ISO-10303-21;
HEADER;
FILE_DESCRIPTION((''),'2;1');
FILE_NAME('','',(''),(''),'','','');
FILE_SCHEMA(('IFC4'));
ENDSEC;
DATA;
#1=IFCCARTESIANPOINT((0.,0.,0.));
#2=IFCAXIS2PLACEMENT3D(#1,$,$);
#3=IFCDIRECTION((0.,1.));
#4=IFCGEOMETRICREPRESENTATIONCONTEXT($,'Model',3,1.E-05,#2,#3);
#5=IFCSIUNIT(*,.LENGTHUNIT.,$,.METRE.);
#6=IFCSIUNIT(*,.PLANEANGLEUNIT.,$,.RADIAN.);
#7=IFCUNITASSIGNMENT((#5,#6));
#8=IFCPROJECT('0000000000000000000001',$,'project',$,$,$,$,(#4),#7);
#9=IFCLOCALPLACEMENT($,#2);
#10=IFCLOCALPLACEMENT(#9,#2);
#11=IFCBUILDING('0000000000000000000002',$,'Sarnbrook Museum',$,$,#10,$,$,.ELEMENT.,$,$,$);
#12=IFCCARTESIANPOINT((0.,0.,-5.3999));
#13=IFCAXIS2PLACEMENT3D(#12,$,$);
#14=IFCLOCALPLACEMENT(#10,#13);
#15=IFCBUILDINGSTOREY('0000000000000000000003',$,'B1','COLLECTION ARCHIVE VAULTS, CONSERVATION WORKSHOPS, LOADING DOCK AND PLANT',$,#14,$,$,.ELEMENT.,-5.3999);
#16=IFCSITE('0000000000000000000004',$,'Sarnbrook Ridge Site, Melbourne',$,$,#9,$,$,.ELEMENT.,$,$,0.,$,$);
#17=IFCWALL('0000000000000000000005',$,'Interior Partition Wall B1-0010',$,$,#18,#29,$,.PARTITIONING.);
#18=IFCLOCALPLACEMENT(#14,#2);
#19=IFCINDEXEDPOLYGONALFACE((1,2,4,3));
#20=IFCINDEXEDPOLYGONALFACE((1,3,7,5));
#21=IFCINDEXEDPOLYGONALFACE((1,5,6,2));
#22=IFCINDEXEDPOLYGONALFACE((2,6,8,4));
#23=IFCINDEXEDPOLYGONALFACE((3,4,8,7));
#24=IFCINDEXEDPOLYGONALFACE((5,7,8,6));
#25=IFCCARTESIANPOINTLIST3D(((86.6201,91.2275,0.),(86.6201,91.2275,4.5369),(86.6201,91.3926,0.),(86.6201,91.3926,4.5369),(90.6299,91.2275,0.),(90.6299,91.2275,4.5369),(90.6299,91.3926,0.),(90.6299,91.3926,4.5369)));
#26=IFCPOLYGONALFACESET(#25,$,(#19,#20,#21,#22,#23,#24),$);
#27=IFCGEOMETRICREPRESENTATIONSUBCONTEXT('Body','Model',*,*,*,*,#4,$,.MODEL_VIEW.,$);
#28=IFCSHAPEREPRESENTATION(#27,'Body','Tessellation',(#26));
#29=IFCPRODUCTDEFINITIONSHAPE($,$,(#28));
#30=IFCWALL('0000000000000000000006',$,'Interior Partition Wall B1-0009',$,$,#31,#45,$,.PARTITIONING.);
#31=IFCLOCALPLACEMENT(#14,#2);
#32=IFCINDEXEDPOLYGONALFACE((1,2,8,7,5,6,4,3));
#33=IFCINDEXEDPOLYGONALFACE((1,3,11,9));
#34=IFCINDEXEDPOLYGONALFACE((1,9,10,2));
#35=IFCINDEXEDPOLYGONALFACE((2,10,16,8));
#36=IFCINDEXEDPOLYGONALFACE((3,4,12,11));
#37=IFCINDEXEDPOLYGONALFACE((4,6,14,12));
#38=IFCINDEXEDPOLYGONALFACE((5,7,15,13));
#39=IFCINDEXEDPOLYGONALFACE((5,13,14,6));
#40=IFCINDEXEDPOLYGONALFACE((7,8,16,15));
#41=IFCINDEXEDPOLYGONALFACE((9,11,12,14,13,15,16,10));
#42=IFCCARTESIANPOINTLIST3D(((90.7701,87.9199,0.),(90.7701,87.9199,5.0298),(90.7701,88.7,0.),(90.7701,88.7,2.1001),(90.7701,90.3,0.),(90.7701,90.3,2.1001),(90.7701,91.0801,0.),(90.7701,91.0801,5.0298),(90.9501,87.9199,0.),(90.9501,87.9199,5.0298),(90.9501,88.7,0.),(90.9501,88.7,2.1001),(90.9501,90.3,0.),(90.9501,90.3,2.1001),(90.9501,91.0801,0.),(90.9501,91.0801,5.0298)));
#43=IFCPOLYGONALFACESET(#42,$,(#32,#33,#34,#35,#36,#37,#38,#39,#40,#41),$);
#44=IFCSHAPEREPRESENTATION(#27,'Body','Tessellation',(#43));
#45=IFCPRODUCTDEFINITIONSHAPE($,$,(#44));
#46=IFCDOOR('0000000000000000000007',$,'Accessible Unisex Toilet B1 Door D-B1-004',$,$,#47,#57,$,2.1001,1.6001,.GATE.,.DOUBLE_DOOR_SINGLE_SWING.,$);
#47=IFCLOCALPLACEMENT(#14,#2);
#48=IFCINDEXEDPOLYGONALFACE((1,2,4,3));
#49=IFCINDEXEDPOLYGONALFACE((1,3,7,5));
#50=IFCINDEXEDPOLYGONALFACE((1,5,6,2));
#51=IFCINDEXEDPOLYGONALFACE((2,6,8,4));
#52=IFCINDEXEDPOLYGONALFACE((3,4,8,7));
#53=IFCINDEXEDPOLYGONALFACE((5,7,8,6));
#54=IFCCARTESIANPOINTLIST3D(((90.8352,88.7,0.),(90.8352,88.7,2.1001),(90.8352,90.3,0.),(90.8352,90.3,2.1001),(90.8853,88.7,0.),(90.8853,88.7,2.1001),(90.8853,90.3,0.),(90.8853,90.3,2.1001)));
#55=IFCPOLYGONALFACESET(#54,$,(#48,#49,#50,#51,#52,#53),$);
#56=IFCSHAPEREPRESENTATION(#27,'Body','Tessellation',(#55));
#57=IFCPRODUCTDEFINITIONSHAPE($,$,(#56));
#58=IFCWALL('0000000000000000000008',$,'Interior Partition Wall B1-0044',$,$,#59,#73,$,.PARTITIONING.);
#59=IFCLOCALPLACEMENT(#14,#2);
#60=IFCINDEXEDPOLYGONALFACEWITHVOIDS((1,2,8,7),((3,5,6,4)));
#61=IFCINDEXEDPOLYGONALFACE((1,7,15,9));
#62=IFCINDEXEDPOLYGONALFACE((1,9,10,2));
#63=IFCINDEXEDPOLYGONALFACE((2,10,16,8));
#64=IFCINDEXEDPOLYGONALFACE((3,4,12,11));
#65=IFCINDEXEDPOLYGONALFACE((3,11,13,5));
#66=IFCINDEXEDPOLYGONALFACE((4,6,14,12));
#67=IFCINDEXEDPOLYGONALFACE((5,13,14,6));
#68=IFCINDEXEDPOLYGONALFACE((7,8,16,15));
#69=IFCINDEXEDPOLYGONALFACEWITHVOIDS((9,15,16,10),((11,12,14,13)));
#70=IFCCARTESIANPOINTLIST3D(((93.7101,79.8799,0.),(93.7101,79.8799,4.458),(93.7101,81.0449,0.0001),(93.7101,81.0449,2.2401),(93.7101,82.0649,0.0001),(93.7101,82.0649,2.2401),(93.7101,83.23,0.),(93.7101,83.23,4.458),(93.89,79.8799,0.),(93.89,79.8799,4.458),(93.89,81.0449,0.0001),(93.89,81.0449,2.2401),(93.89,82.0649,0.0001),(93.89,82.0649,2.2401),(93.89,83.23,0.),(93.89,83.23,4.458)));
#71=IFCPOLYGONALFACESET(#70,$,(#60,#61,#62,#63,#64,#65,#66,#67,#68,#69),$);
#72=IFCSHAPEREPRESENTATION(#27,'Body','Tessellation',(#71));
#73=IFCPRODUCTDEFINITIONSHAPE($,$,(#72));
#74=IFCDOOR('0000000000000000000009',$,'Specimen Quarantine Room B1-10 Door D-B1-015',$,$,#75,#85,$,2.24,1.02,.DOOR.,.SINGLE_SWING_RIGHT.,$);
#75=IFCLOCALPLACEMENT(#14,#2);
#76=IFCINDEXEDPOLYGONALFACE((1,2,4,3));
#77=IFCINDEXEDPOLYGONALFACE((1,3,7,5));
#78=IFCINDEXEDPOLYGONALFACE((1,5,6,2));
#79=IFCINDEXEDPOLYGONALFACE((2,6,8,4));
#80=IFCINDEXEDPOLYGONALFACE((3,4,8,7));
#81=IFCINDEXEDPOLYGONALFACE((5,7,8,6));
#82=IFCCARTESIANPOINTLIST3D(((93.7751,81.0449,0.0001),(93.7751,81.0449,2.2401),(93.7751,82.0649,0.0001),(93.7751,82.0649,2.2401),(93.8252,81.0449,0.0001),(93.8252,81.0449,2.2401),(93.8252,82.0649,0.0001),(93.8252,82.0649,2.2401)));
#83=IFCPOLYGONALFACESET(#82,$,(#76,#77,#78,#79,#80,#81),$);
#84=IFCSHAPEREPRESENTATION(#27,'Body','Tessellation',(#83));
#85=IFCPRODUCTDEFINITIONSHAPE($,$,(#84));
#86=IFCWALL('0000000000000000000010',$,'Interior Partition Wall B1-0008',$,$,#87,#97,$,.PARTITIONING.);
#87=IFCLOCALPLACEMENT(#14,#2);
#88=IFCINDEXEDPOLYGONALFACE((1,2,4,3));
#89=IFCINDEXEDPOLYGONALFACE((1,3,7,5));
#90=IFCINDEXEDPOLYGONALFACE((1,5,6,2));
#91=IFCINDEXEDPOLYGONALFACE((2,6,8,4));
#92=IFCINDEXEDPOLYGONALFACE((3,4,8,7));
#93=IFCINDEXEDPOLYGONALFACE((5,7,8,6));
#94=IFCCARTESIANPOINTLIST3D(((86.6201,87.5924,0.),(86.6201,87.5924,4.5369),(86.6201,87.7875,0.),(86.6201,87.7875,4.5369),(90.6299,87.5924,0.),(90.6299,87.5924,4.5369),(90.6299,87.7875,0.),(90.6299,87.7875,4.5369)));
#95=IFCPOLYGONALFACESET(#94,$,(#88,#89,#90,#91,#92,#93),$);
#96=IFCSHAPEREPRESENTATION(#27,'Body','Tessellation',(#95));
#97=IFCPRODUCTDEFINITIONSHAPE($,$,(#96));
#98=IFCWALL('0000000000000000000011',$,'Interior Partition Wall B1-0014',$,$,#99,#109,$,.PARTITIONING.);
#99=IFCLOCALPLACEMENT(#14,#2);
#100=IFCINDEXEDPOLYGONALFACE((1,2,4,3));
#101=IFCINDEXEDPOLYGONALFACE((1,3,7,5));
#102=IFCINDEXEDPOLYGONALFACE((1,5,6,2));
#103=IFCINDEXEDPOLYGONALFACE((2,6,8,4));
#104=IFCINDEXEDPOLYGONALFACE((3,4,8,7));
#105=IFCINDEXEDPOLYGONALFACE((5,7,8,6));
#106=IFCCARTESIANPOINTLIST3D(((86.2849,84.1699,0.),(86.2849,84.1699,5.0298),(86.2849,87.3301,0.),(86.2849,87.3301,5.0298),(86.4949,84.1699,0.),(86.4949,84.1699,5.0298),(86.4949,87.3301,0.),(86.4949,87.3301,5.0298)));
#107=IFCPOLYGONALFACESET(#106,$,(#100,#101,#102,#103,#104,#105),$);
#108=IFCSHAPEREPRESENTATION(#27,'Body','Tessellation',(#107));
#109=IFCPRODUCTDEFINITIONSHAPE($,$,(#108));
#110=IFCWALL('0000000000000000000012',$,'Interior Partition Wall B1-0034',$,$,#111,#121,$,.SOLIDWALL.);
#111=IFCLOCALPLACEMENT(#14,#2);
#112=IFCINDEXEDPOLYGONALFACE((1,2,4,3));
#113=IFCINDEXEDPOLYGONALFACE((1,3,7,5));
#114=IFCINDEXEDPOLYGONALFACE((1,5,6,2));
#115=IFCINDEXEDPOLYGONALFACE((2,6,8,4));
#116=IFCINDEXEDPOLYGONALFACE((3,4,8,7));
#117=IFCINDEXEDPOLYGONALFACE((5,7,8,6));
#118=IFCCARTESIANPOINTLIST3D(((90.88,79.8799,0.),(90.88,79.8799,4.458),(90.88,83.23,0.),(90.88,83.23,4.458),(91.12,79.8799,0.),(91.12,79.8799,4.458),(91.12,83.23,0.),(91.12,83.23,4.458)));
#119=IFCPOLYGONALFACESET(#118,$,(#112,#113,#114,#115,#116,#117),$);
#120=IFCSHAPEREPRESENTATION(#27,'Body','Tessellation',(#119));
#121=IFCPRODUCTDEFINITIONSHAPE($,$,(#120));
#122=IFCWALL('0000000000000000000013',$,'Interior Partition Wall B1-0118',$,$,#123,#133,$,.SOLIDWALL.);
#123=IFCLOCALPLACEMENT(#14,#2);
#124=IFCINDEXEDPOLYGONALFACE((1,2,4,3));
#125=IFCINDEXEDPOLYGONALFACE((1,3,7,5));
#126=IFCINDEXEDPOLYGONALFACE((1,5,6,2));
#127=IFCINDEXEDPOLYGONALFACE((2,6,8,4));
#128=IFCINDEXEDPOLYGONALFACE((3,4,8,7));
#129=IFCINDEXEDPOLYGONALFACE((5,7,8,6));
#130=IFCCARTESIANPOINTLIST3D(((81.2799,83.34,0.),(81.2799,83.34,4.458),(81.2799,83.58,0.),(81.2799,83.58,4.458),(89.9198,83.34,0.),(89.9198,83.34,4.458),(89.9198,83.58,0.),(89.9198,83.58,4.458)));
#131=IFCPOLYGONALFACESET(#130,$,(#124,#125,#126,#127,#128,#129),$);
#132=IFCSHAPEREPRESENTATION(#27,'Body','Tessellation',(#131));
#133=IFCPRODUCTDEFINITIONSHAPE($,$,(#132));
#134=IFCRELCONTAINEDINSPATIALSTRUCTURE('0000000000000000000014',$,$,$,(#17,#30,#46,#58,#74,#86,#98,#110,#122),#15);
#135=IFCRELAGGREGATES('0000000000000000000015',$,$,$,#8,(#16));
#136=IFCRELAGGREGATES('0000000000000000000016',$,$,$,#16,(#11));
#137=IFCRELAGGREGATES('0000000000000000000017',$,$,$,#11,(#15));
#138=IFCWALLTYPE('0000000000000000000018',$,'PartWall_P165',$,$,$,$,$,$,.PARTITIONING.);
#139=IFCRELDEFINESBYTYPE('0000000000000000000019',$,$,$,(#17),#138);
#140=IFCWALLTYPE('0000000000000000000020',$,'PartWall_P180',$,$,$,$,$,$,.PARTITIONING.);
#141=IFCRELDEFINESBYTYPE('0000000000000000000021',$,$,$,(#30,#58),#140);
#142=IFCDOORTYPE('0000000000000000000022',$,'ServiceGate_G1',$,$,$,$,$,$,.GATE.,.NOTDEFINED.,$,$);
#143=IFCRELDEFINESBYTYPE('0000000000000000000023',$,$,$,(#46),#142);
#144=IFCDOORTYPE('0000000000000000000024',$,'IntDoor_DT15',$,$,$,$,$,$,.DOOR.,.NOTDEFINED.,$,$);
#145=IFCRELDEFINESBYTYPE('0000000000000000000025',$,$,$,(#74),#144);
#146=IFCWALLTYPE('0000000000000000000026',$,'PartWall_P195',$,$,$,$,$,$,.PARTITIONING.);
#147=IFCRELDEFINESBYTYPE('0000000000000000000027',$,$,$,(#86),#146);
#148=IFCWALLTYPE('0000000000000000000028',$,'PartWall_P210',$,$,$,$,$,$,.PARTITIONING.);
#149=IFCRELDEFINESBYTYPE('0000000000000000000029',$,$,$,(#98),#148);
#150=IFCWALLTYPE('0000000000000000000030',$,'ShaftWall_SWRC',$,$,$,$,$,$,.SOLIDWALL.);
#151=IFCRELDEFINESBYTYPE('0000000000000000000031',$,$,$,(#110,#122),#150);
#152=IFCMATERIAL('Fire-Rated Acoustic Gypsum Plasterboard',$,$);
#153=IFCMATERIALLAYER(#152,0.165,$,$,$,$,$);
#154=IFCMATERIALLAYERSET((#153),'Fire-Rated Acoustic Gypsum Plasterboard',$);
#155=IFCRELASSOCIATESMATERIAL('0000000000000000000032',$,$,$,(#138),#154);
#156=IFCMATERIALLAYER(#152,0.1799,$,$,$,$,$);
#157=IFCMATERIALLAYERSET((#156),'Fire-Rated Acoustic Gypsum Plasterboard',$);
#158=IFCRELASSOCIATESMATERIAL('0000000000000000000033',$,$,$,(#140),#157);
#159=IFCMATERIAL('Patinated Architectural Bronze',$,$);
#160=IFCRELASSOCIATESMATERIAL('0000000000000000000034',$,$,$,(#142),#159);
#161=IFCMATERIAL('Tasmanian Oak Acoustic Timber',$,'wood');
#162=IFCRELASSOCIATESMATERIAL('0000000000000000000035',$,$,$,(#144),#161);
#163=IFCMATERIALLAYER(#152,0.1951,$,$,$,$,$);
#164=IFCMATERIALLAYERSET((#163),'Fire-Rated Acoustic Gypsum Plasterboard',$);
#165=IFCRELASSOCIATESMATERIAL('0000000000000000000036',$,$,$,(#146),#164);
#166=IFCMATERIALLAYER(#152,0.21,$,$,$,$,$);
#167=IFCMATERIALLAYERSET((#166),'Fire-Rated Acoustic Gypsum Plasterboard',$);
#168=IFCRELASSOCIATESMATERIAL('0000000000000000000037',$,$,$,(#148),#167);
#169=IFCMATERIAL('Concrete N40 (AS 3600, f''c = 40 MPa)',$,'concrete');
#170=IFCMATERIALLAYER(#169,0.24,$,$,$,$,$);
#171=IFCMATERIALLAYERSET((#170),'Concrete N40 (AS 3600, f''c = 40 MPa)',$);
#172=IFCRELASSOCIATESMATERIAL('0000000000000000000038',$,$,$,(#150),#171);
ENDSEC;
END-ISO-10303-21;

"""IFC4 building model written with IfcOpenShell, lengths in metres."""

from ifc_helpers import new_model, si_unit, direction, frame, frame_2d, origin, place, context, subcontext, project, spatial, rectangle, extrude, material, layer, layer_set, type_object, element, fill, save


model = new_model("IFC4")

# Units and contexts
model_context = context("Model", 3, precision=1e-05, world=origin(), true_north=direction((0.0, 1.0)))
body_context = subcontext(model_context, "Body", "Model", "MODEL_VIEW")
ifc_project = project(units=[si_unit("LENGTHUNIT", "METRE"), si_unit("PLANEANGLEUNIT", "RADIAN")], contexts=[model_context])

# Site, building, storey
site_placement = place(None, origin())
site = spatial("IfcSite", under=ifc_project, at=site_placement, Name="Sarnbrook Ridge Site, Melbourne", CompositionType="ELEMENT", RefElevation=0.0)
building_placement = place(site_placement, origin())
building = spatial("IfcBuilding", under=site, at=building_placement, Name="Sarnbrook Museum", CompositionType="ELEMENT")
storey_placement = place(building_placement, frame((0.0, 0.0, -5.3999)))
storey = spatial("IfcBuildingStorey", under=building, at=storey_placement, Name="B1", Description="COLLECTION ARCHIVE VAULTS, CONSERVATION WORKSHOPS, LOADING DOCK AND PLANT", CompositionType="ELEMENT", Elevation=-5.3999)

# Shared definitions
ifc_material_1 = material(Name="Concrete N40 (AS 3600, f'c = 40 MPa)", Category="concrete")

# Shared definitions
ifc_material_2 = material(Name="Fire-Rated Acoustic Gypsum Plasterboard")

# Shared definitions
ifc_material_3 = material(Name="Tasmanian Oak Acoustic Timber", Category="wood")

# Wall
ifc_layer_1 = layer(ifc_material_2, 0.165)
ifc_layer_set_1 = layer_set([ifc_layer_1], Name="Fire-Rated Acoustic Gypsum Plasterboard")
wall_type_1 = type_object("IfcWallType", Name="PartWall_P165", PredefinedType="PARTITIONING", material=ifc_layer_set_1)
wall_1_placement = place(storey_placement, frame((86.6201, 91.3101, 0.0), z_axis=(0.0, 0.0, 1.0), x_axis=(1.0, 0.0, 0.0)))
element("IfcWall", 1, at=wall_1_placement, inside=storey, type_object=wall_type_1, Name="Interior Partition Wall B1-0010", PredefinedType="PARTITIONING", context=body_context, shape_type="SweptSolid", body=[
    extrude(rectangle(XDim=4.0098, YDim=0.165, at=frame_2d((2.0049, 0.0))), origin(), (0.0, 0.0, 1.0), 4.5369),
])

# Walls, openings, doors
ifc_layer_2 = layer(ifc_material_2, 0.1799)
ifc_layer_set_2 = layer_set([ifc_layer_2], Name="Fire-Rated Acoustic Gypsum Plasterboard")
wall_type_2 = type_object("IfcWallType", Name="PartWall_P180", PredefinedType="PARTITIONING", material=ifc_layer_set_2)
wall_2_placement = place(storey_placement, frame((90.8601, 91.0801, 0.0), z_axis=(0.0, 0.0, 1.0), x_axis=(0.0, -1.0, 0.0)))
wall_2 = element("IfcWall", 2, at=wall_2_placement, inside=storey, type_object=wall_type_2, Name="Interior Partition Wall B1-0009", PredefinedType="PARTITIONING", context=body_context, shape_type="SweptSolid", body=[
    extrude(rectangle(XDim=3.1602, YDim=0.1799, at=frame_2d((1.5801, 0.0))), origin(), (0.0, 0.0, 1.0), 5.0298),
])
opening_1_placement = place(wall_2_placement, frame((0.78, 0.0, 0.0)))
opening_1 = element("IfcOpeningElement", 3, at=opening_1_placement, cuts=wall_2, PredefinedType="OPENING", context=body_context, shape_type="SweptSolid", body=[
    extrude(rectangle(XDim=1.6001, YDim=2.1001, at=frame_2d((0.8, 1.05))), frame((0.0, 0.1001, 0.0), z_axis=(0.0, -1.0, 0.0), x_axis=(1.0, 0.0, 0.0)), (0.0, 0.0, 1.0), 0.2),
])
ifc_material_4 = material(Name="Patinated Architectural Bronze")
door_type_1 = type_object("IfcDoorType", Name="ServiceGate_G1", OperationType="NOTDEFINED", PredefinedType="GATE", material=ifc_material_4)
door_1_placement = place(opening_1_placement, frame((1.6001, 0.0, 0.0), z_axis=(0.0, 0.0, 1.0), x_axis=(-1.0, 0.0, 0.0)))
door_1 = element("IfcDoor", 4, at=door_1_placement, inside=storey, type_object=door_type_1, Name="Accessible Unisex Toilet B1 Door D-B1-004", OperationType="DOUBLE_DOOR_SINGLE_SWING", OverallHeight=2.1001, OverallWidth=1.6001, PredefinedType="GATE", context=body_context, shape_type="SweptSolid", body=[
    extrude(rectangle(XDim=1.6001, YDim=2.1001, at=frame_2d((0.8, 1.05))), frame((0.0, 0.0249, 0.0), z_axis=(0.0, -1.0, 0.0), x_axis=(1.0, 0.0, 0.0)), (0.0, 0.0, 1.0), 0.05),
])
fill(opening_1, door_1)
wall_3_placement = place(storey_placement, frame((93.8, 79.8799, 0.0), z_axis=(0.0, 0.0, 1.0), x_axis=(0.0, 1.0, 0.0)))
wall_3 = element("IfcWall", 5, at=wall_3_placement, inside=storey, type_object=wall_type_2, Name="Interior Partition Wall B1-0044", PredefinedType="PARTITIONING", context=body_context, shape_type="SweptSolid", body=[
    extrude(rectangle(XDim=3.3501, YDim=0.1799, at=frame_2d((1.675, 0.0))), origin(), (0.0, 0.0, 1.0), 4.458),
])
opening_2_placement = place(wall_3_placement, frame((1.165, 0.0, 0.0)))
opening_2 = element("IfcOpeningElement", 6, at=opening_2_placement, cuts=wall_3, PredefinedType="OPENING", context=body_context, shape_type="SweptSolid", body=[
    extrude(rectangle(XDim=1.02, YDim=2.24, at=frame_2d((0.51, 1.1201))), frame((0.0, 0.1001, 0.0), z_axis=(0.0, -1.0, 0.0), x_axis=(1.0, 0.0, 0.0)), (0.0, 0.0, 1.0), 0.2),
])
door_type_2 = type_object("IfcDoorType", Name="IntDoor_DT15", OperationType="NOTDEFINED", PredefinedType="DOOR", material=ifc_material_3)
door_2_placement = place(opening_2_placement, origin())
door_2 = element("IfcDoor", 7, at=door_2_placement, inside=storey, type_object=door_type_2, Name="Specimen Quarantine Room B1-10 Door D-B1-015", OperationType="SINGLE_SWING_RIGHT", OverallHeight=2.24, OverallWidth=1.02, PredefinedType="DOOR", context=body_context, shape_type="SweptSolid", body=[
    extrude(rectangle(XDim=1.02, YDim=2.24, at=frame_2d((0.51, 1.1201))), frame((0.0, 0.0249, 0.0), z_axis=(0.0, -1.0, 0.0), x_axis=(1.0, 0.0, 0.0)), (0.0, 0.0, 1.0), 0.05),
])
fill(opening_2, door_2)

# Walls
ifc_layer_3 = layer(ifc_material_2, 0.1951)
ifc_layer_set_3 = layer_set([ifc_layer_3], Name="Fire-Rated Acoustic Gypsum Plasterboard")
wall_type_3 = type_object("IfcWallType", Name="PartWall_P195", PredefinedType="PARTITIONING", material=ifc_layer_set_3)
wall_4_placement = place(storey_placement, frame((90.6299, 87.6899, 0.0), z_axis=(0.0, 0.0, 1.0), x_axis=(-1.0, 0.0, 0.0)))
element("IfcWall", 8, at=wall_4_placement, inside=storey, type_object=wall_type_3, Name="Interior Partition Wall B1-0008", PredefinedType="PARTITIONING", context=body_context, shape_type="SweptSolid", body=[
    extrude(rectangle(XDim=4.0098, YDim=0.1951, at=frame_2d((2.0049, 0.0))), origin(), (0.0, 0.0, 1.0), 4.5369),
])
ifc_layer_4 = layer(ifc_material_2, 0.21)
ifc_layer_set_4 = layer_set([ifc_layer_4], Name="Fire-Rated Acoustic Gypsum Plasterboard")
wall_type_4 = type_object("IfcWallType", Name="PartWall_P210", PredefinedType="PARTITIONING", material=ifc_layer_set_4)
wall_5_placement = place(storey_placement, frame((86.3899, 84.1699, 0.0), z_axis=(0.0, 0.0, 1.0), x_axis=(0.0, 1.0, 0.0)))
element("IfcWall", 9, at=wall_5_placement, inside=storey, type_object=wall_type_4, Name="Interior Partition Wall B1-0014", PredefinedType="PARTITIONING", context=body_context, shape_type="SweptSolid", body=[
    extrude(rectangle(XDim=3.1602, YDim=0.21, at=frame_2d((1.5801, 0.0))), origin(), (0.0, 0.0, 1.0), 5.0298),
])
ifc_layer_5 = layer(ifc_material_1, 0.24)
ifc_layer_set_5 = layer_set([ifc_layer_5], Name="Concrete N40 (AS 3600, f'c = 40 MPa)")
wall_type_5 = type_object("IfcWallType", Name="ShaftWall_SWRC", PredefinedType="SOLIDWALL", material=ifc_layer_set_5)
wall_6_placement = place(storey_placement, frame((91.0, 83.23, 0.0), z_axis=(0.0, 0.0, 1.0), x_axis=(0.0, -1.0, 0.0)))
element("IfcWall", 10, at=wall_6_placement, inside=storey, type_object=wall_type_5, Name="Interior Partition Wall B1-0034", PredefinedType="SOLIDWALL", context=body_context, shape_type="SweptSolid", body=[
    extrude(rectangle(XDim=3.3501, YDim=0.24, at=frame_2d((1.675, 0.0))), origin(), (0.0, 0.0, 1.0), 4.458),
])
wall_7_placement = place(storey_placement, frame((81.28, 83.46, 0.0), z_axis=(0.0, 0.0, 1.0), x_axis=(1.0, 0.0, 0.0)))
element("IfcWall", 11, at=wall_7_placement, inside=storey, type_object=wall_type_5, Name="Interior Partition Wall B1-0118", PredefinedType="SOLIDWALL", context=body_context, shape_type="SweptSolid", body=[
    extrude(rectangle(XDim=8.6399, YDim=0.24, at=frame_2d((4.3198, 0.0))), origin(), (0.0, 0.0, 1.0), 4.458),
])

save(model, "model.ifc")
